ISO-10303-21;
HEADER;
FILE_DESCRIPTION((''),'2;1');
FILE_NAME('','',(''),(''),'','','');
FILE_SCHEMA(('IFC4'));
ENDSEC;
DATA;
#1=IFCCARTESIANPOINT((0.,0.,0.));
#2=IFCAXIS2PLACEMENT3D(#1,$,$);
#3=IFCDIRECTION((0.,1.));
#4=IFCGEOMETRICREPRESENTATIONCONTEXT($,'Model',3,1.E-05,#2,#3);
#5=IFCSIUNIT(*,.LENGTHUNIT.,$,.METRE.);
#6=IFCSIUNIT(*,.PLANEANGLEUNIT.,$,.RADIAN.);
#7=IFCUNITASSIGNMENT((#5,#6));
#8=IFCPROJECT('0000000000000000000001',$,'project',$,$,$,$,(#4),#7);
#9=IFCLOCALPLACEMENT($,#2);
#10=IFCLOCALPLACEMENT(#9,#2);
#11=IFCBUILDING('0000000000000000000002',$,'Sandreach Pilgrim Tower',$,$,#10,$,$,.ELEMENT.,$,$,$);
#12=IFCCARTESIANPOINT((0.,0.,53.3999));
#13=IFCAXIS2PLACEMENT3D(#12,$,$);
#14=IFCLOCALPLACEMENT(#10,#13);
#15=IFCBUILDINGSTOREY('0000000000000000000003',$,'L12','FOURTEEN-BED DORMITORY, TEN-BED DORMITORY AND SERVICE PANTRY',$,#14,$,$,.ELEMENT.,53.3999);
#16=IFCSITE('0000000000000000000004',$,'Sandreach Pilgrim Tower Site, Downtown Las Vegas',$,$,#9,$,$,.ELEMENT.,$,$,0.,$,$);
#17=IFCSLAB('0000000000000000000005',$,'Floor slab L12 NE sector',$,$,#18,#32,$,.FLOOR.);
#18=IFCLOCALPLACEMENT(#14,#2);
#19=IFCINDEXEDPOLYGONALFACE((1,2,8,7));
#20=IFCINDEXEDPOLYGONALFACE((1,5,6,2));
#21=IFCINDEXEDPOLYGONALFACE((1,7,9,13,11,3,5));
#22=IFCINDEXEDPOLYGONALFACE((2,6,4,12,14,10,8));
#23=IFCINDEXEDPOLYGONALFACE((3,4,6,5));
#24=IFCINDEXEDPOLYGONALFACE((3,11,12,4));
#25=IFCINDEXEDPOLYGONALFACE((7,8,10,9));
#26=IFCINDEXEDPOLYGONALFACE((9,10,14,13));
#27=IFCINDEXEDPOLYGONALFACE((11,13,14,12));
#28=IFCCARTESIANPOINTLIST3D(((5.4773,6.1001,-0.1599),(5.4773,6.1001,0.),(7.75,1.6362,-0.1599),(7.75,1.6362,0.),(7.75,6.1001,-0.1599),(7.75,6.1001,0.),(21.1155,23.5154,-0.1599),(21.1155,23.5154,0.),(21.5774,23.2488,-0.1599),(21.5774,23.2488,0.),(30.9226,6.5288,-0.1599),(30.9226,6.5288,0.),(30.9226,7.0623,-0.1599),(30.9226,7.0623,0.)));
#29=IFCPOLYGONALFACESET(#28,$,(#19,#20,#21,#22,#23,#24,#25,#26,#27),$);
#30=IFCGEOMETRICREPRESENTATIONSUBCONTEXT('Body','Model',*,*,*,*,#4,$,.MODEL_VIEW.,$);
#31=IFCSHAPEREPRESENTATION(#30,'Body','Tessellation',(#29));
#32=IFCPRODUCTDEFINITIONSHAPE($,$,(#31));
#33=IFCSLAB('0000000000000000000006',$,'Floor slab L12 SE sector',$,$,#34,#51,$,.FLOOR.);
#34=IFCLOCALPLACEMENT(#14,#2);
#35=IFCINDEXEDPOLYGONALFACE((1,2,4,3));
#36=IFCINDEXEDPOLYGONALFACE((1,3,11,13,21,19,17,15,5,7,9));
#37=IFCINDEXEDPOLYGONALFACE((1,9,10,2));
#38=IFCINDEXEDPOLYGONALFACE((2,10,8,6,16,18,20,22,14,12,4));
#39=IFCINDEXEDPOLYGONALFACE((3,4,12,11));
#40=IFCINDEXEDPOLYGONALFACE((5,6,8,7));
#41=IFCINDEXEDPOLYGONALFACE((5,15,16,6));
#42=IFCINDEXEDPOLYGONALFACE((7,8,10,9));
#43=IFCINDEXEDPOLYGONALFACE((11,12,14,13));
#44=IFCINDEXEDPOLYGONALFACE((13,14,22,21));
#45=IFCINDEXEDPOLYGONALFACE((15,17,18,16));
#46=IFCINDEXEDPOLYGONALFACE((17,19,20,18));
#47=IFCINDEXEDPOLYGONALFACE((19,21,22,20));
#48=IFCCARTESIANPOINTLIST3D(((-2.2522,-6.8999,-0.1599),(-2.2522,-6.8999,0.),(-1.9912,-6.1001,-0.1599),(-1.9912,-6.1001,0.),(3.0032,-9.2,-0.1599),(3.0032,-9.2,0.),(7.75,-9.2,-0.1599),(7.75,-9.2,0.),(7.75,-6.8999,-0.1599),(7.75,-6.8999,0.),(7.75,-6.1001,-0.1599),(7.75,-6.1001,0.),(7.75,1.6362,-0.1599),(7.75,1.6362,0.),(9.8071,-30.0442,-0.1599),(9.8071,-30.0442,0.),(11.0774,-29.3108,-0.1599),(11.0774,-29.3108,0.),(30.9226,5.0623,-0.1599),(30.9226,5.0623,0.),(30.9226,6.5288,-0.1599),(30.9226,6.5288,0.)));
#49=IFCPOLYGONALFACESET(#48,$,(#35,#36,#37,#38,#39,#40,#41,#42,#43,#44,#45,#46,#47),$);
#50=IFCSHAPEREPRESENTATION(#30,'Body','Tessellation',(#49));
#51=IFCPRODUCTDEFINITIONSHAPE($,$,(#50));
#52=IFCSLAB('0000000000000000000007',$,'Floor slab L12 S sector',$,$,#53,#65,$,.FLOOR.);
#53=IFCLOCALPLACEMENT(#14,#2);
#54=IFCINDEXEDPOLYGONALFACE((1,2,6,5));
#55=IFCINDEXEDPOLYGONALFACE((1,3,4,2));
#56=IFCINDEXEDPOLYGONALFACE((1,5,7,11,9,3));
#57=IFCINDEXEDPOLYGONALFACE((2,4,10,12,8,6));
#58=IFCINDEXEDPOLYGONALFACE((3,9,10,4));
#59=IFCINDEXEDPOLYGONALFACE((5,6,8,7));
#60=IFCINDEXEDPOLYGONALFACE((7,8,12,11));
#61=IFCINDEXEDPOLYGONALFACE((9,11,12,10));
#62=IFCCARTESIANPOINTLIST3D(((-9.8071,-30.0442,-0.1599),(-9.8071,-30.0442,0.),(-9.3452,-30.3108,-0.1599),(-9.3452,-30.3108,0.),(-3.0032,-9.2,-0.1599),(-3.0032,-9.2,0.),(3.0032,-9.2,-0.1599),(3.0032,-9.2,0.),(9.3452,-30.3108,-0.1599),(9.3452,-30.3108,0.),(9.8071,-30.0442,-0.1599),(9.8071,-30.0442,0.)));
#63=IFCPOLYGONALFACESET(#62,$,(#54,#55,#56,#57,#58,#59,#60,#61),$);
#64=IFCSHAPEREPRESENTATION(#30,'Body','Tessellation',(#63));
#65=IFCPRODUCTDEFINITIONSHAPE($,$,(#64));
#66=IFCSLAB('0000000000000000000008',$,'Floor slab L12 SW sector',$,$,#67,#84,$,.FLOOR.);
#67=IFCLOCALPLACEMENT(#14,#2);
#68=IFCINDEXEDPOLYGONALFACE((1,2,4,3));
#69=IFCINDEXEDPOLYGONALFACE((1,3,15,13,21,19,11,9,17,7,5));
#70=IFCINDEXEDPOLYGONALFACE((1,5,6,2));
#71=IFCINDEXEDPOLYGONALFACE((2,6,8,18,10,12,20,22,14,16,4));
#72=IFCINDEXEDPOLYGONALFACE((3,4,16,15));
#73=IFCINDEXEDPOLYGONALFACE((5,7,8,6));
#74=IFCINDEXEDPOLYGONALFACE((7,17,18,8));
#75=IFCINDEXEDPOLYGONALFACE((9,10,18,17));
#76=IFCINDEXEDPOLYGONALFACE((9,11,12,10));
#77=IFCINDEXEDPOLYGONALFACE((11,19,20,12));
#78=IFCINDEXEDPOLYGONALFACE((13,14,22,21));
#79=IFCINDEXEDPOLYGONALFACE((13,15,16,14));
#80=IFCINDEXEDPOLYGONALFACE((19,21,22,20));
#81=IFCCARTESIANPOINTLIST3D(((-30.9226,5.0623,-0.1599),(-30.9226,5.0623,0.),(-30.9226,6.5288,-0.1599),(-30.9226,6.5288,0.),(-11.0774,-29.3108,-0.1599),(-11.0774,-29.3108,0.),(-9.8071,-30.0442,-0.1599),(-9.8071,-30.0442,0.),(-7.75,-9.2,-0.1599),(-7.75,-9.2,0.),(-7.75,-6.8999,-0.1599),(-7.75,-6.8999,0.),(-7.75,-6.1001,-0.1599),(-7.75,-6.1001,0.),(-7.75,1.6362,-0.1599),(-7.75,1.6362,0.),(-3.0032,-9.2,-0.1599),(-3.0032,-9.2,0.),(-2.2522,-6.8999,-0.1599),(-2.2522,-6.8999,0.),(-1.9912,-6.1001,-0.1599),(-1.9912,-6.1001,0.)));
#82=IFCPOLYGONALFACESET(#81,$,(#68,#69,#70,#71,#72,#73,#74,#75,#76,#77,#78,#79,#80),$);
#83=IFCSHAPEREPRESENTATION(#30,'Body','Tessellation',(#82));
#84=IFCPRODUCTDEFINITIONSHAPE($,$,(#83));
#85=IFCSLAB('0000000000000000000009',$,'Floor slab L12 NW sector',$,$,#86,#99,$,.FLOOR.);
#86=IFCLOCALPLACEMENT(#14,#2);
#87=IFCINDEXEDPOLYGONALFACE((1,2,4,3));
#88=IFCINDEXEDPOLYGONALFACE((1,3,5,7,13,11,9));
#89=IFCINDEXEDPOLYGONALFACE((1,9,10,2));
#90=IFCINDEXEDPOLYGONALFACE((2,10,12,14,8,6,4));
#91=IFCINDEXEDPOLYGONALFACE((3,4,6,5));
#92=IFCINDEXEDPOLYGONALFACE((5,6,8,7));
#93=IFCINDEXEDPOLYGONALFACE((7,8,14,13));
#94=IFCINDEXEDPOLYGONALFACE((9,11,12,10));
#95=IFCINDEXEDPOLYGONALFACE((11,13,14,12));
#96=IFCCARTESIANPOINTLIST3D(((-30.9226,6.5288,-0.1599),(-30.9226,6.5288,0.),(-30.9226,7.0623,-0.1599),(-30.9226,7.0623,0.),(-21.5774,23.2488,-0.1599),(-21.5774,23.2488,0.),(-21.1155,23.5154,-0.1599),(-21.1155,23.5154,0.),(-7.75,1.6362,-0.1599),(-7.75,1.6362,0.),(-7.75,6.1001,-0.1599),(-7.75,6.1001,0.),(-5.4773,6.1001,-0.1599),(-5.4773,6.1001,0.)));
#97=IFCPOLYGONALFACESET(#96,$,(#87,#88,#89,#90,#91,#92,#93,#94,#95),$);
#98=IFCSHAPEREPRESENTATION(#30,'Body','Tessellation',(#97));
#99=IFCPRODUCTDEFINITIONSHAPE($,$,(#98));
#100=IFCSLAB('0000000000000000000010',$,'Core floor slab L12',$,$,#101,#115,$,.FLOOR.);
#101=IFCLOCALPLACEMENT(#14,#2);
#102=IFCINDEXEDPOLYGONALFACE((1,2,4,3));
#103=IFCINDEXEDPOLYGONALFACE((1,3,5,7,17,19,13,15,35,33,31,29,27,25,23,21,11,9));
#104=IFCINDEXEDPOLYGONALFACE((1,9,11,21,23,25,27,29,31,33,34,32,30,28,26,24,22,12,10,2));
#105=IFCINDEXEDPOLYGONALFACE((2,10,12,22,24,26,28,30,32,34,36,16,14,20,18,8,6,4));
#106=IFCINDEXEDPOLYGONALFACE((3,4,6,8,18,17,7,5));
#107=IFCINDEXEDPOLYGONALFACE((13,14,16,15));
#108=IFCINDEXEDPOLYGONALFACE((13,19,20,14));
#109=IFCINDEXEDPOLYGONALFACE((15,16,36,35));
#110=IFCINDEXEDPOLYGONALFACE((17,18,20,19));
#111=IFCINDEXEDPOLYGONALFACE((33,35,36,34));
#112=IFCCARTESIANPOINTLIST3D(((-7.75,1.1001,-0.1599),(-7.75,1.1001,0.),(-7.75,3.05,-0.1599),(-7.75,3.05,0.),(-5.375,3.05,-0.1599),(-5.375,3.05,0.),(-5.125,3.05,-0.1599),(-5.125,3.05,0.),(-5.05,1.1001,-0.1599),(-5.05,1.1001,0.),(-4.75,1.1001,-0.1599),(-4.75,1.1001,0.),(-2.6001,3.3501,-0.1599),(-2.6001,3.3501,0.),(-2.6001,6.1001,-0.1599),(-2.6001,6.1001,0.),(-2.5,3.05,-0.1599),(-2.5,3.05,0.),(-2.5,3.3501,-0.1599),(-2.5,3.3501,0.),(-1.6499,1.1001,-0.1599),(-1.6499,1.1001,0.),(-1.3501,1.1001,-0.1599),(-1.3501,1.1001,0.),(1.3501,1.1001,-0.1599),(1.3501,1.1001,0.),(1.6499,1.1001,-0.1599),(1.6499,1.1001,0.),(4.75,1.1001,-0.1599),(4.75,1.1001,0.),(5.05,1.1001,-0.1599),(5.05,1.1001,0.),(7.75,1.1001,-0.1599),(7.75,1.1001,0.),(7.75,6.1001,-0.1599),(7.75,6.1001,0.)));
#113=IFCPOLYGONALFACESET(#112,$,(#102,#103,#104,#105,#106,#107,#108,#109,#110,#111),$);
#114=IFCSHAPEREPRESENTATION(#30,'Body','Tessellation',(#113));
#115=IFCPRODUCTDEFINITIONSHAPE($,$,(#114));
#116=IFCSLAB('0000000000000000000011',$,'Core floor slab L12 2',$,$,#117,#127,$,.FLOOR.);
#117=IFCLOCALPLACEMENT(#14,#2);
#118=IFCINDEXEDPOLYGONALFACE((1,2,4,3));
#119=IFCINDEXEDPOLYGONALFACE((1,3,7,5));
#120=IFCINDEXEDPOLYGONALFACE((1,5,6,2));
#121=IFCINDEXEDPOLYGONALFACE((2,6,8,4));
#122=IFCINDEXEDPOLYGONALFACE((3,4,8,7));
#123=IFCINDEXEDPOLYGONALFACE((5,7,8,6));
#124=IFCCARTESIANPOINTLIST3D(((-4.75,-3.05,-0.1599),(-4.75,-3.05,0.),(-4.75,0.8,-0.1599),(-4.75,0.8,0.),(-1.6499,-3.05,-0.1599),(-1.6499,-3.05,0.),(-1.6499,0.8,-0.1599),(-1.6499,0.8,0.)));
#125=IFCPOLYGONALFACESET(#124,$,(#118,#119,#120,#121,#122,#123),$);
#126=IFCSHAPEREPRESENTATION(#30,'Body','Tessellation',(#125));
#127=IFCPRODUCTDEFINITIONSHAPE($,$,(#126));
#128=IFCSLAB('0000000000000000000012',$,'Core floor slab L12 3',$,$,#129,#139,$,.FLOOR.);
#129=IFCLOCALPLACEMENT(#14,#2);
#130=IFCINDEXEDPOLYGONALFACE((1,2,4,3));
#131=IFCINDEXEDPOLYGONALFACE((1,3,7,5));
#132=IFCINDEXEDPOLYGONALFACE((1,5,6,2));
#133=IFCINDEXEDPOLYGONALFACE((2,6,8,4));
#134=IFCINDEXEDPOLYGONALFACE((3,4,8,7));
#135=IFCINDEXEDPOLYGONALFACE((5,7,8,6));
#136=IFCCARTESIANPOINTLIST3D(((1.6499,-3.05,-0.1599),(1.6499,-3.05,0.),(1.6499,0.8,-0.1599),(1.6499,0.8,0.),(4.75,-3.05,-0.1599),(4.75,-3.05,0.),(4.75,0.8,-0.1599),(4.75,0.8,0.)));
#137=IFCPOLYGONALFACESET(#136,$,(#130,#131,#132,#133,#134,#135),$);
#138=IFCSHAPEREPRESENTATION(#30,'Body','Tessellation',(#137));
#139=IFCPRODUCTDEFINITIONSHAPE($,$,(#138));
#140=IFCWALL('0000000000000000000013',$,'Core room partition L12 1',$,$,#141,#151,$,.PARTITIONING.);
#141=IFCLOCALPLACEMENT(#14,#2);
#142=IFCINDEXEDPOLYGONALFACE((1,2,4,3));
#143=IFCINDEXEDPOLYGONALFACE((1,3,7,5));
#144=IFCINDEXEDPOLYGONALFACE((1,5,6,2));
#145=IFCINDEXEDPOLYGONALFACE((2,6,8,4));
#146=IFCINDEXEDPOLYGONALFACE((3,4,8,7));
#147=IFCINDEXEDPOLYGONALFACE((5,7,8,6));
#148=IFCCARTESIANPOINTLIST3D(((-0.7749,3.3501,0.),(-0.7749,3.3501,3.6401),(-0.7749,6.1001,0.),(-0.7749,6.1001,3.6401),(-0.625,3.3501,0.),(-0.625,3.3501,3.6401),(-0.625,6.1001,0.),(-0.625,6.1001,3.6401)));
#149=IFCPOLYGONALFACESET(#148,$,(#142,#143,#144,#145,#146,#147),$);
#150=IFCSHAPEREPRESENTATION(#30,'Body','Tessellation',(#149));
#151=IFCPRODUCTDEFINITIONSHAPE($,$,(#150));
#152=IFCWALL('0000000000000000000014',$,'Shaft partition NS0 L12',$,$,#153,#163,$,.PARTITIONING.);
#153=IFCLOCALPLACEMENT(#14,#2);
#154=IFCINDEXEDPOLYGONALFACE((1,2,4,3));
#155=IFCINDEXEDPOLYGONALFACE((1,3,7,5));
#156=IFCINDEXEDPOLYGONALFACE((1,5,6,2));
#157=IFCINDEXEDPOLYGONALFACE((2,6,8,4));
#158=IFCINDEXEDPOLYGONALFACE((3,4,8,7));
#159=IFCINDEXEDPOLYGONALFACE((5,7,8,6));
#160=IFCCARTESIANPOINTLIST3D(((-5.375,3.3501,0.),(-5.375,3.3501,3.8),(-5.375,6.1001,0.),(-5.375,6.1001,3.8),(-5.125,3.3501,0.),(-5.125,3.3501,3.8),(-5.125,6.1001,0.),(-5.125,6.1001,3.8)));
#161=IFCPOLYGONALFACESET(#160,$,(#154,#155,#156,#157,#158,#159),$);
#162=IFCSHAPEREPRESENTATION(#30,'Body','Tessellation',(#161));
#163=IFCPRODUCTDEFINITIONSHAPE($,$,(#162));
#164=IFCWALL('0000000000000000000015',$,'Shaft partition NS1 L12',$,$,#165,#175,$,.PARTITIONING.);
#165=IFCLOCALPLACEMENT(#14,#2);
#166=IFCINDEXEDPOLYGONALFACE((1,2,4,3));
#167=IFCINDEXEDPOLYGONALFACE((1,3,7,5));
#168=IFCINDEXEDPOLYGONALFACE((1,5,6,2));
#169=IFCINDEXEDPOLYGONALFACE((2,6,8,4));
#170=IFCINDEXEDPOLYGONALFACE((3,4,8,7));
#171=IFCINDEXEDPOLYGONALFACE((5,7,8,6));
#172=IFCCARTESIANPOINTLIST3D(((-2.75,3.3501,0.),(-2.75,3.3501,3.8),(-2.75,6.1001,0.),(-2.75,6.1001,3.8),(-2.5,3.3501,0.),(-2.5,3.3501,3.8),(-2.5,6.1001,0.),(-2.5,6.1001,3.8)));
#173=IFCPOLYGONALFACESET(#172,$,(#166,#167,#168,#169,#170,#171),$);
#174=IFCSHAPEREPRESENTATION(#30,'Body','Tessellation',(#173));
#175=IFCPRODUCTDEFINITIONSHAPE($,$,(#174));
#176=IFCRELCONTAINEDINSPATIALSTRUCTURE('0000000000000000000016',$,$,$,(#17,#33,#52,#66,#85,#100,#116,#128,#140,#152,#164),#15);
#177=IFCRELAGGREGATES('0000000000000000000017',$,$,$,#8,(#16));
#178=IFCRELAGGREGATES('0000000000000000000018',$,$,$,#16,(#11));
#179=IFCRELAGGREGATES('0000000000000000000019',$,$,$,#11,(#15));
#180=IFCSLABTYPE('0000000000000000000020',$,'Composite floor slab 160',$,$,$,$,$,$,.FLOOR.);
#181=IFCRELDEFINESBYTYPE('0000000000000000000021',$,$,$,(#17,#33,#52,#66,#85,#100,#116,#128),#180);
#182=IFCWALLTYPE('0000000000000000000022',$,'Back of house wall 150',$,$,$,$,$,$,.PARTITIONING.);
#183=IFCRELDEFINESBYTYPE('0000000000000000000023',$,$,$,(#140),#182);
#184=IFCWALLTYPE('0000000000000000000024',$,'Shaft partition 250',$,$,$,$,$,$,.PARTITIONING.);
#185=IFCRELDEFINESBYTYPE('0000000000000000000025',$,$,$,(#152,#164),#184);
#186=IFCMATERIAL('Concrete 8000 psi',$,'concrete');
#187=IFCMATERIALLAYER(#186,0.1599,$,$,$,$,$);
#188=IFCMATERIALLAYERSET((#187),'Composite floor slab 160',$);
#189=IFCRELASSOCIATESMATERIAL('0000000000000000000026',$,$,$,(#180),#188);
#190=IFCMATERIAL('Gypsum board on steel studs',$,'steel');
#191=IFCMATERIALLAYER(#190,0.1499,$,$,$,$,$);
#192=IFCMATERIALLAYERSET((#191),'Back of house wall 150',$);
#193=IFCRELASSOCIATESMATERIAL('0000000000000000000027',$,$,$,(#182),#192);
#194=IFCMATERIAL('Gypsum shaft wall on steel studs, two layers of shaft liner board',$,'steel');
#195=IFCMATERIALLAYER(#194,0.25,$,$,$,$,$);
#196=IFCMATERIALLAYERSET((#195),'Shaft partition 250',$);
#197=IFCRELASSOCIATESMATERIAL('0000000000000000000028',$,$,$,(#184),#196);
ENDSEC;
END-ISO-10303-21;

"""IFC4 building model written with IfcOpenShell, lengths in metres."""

from ifc_helpers import new_model, si_unit, direction, frame, frame_2d, origin, place, context, subcontext, project, spatial, polyline, rectangle, outline, extrude, material, layer, layer_set, type_object, element, save


model = new_model("IFC4")

# Units and contexts
model_context = context("Model", 3, precision=1e-05, world=origin(), true_north=direction((0.0, 1.0)))
body_context = subcontext(model_context, "Body", "Model", "MODEL_VIEW")
ifc_project = project(units=[si_unit("LENGTHUNIT", "METRE"), si_unit("PLANEANGLEUNIT", "RADIAN")], contexts=[model_context])

# Site, building, storey
site_placement = place(None, origin())
site = spatial("IfcSite", under=ifc_project, at=site_placement, Name="Sandreach Pilgrim Tower Site, Downtown Las Vegas", CompositionType="ELEMENT", RefElevation=0.0)
building_placement = place(site_placement, origin())
building = spatial("IfcBuilding", under=site, at=building_placement, Name="Sandreach Pilgrim Tower", CompositionType="ELEMENT")
storey_placement = place(building_placement, frame((0.0, 0.0, 53.3999)))
storey = spatial("IfcBuildingStorey", under=building, at=storey_placement, Name="L12", Description="FOURTEEN-BED DORMITORY, TEN-BED DORMITORY AND SERVICE PANTRY", CompositionType="ELEMENT", Elevation=53.3999)

# Slabs
ifc_material_1 = material(Name="Concrete 8000 psi", Category="concrete")
ifc_layer_1 = layer(ifc_material_1, 0.1599)
ifc_layer_set_1 = layer_set([ifc_layer_1], Name="Composite floor slab 160")
slab_type = type_object("IfcSlabType", Name="Composite floor slab 160", PredefinedType="FLOOR", material=ifc_layer_set_1)
slab_1_placement = place(storey_placement, frame((0.0, 0.0, -0.1599)))
element("IfcSlab", 1, at=slab_1_placement, inside=storey, type_object=slab_type, Name="Floor slab L12 NE sector", PredefinedType="FLOOR", context=body_context, shape_type="SweptSolid", body=[
    extrude(outline(polyline([(21.5774, 23.2488), (30.9226, 7.0623), (30.9226, 6.5288), (7.75, 1.6362), (7.75, 6.1001), (5.4773, 6.1001), (21.1155, 23.5154), (21.5774, 23.2488)])), origin(), (0.0, 0.0, 1.0), 0.1599),
])
slab_2_placement = place(storey_placement, frame((0.0, 0.0, -0.1599)))
element("IfcSlab", 2, at=slab_2_placement, inside=storey, type_object=slab_type, Name="Floor slab L12 SE sector", PredefinedType="FLOOR", context=body_context, shape_type="SweptSolid", body=[
    extrude(outline(polyline([(11.0774, -29.3108), (9.8071, -30.0442), (3.0032, -9.2), (7.75, -9.2), (7.75, -6.8999), (-2.2522, -6.8999), (-1.9912, -6.1001), (7.75, -6.1001), (7.75, 1.6362), (30.9226, 6.5288), (30.9226, 5.0623), (11.0774, -29.3108)])), origin(), (0.0, 0.0, 1.0), 0.1599),
])
slab_3_placement = place(storey_placement, frame((0.0, 0.0, -0.1599)))
element("IfcSlab", 3, at=slab_3_placement, inside=storey, type_object=slab_type, Name="Floor slab L12 S sector", PredefinedType="FLOOR", context=body_context, shape_type="SweptSolid", body=[
    extrude(outline(polyline([(9.3452, -30.3108), (-9.3452, -30.3108), (-9.8071, -30.0442), (-3.0032, -9.2), (3.0032, -9.2), (9.8071, -30.0442), (9.3452, -30.3108)])), origin(), (0.0, 0.0, 1.0), 0.1599),
])
slab_4_placement = place(storey_placement, frame((0.0, 0.0, -0.1599)))
element("IfcSlab", 4, at=slab_4_placement, inside=storey, type_object=slab_type, Name="Floor slab L12 SW sector", PredefinedType="FLOOR", context=body_context, shape_type="SweptSolid", body=[
    extrude(outline(polyline([(-11.0774, -29.3108), (-30.9226, 5.0623), (-30.9226, 6.5288), (-7.75, 1.6362), (-7.75, -6.1001), (-1.9912, -6.1001), (-2.2522, -6.8999), (-7.75, -6.8999), (-7.75, -9.2), (-3.0032, -9.2), (-9.8071, -30.0442), (-11.0774, -29.3108)])), origin(), (0.0, 0.0, 1.0), 0.1599),
])
slab_5_placement = place(storey_placement, frame((0.0, 0.0, -0.1599)))
element("IfcSlab", 5, at=slab_5_placement, inside=storey, type_object=slab_type, Name="Floor slab L12 NW sector", PredefinedType="FLOOR", context=body_context, shape_type="SweptSolid", body=[
    extrude(outline(polyline([(-30.9226, 7.0623), (-21.5774, 23.2488), (-21.1155, 23.5154), (-5.4773, 6.1001), (-7.75, 6.1001), (-7.75, 1.6362), (-30.9226, 6.5288), (-30.9226, 7.0623)])), origin(), (0.0, 0.0, 1.0), 0.1599),
])
slab_6_placement = place(storey_placement, frame((0.0, 0.0, -0.1599)))
element("IfcSlab", 6, at=slab_6_placement, inside=storey, type_object=slab_type, Name="Core floor slab L12", PredefinedType="FLOOR", context=body_context, shape_type="SweptSolid", body=[
    extrude(outline(polyline([(-7.75, 3.05), (-5.375, 3.05), (-5.125, 3.05), (-2.5, 3.05), (-2.5, 3.3501), (-2.6001, 3.3501), (-2.6001, 6.1001), (7.75, 6.1001), (7.75, 1.1001), (5.05, 1.1001), (4.75, 1.1001), (1.6499, 1.1001), (1.3501, 1.1001), (-1.3501, 1.1001), (-1.6499, 1.1001), (-4.75, 1.1001), (-5.05, 1.1001), (-7.75, 1.1001), (-7.75, 3.05)])), origin(), (0.0, 0.0, 1.0), 0.1599),
])
slab_7_placement = place(storey_placement, frame((0.0, 0.0, -0.1599)))
element("IfcSlab", 7, at=slab_7_placement, inside=storey, type_object=slab_type, Name="Core floor slab L12 2", PredefinedType="FLOOR", context=body_context, shape_type="SweptSolid", body=[
    extrude(outline(polyline([(-1.6499, -3.05), (-4.75, -3.05), (-4.75, 0.8), (-1.6499, 0.8), (-1.6499, -3.05)])), origin(), (0.0, 0.0, 1.0), 0.1599),
])
slab_8_placement = place(storey_placement, frame((0.0, 0.0, -0.1599)))
element("IfcSlab", 8, at=slab_8_placement, inside=storey, type_object=slab_type, Name="Core floor slab L12 3", PredefinedType="FLOOR", context=body_context, shape_type="SweptSolid", body=[
    extrude(outline(polyline([(4.75, -3.05), (1.6499, -3.05), (1.6499, 0.8), (4.75, 0.8), (4.75, -3.05)])), origin(), (0.0, 0.0, 1.0), 0.1599),
])

# Wall
ifc_material_2 = material(Name="Gypsum board on steel studs", Category="steel")
ifc_layer_2 = layer(ifc_material_2, 0.1499)
ifc_layer_set_2 = layer_set([ifc_layer_2], Name="Back of house wall 150")
wall_type_1 = type_object("IfcWallType", Name="Back of house wall 150", PredefinedType="PARTITIONING", material=ifc_layer_set_2)
wall_1_placement = place(storey_placement, frame((-0.7, 3.3501, 0.0), z_axis=(0.0, 0.0, 1.0), x_axis=(0.0, 1.0, 0.0)))
element("IfcWall", 9, at=wall_1_placement, inside=storey, type_object=wall_type_1, Name="Core room partition L12 1", PredefinedType="PARTITIONING", context=body_context, shape_type="SweptSolid", body=[
    extrude(rectangle(XDim=2.75, YDim=0.1499, at=frame_2d((1.375, 0.0))), origin(), (0.0, 0.0, 1.0), 3.6401),
])

# Walls
ifc_material_3 = material(Name="Gypsum shaft wall on steel studs, two layers of shaft liner board", Category="steel")
ifc_layer_3 = layer(ifc_material_3, 0.25)
ifc_layer_set_3 = layer_set([ifc_layer_3], Name="Shaft partition 250")
wall_type_2 = type_object("IfcWallType", Name="Shaft partition 250", PredefinedType="PARTITIONING", material=ifc_layer_set_3)
for number, where, z_axis, x_axis, name in (
    (10, (-5.25, 3.3501, 0.0), (0.0, 0.0, 1.0), (0.0, 1.0, 0.0), "Shaft partition NS0 L12"),
    (11, (-2.625, 3.3501, 0.0), (0.0, 0.0, 1.0), (0.0, 1.0, 0.0), "Shaft partition NS1 L12"),
):
    element("IfcWall", number, at=place(storey_placement, frame(where, z_axis=z_axis, x_axis=x_axis)), inside=storey, type_object=wall_type_2, Name=name, PredefinedType="PARTITIONING", context=body_context, shape_type="SweptSolid", body=[
        extrude(rectangle(XDim=2.75, YDim=0.25, at=frame_2d((1.375, 0.0))), origin(), (0.0, 0.0, 1.0), 3.8),
    ])

save(model, "model.ifc")
